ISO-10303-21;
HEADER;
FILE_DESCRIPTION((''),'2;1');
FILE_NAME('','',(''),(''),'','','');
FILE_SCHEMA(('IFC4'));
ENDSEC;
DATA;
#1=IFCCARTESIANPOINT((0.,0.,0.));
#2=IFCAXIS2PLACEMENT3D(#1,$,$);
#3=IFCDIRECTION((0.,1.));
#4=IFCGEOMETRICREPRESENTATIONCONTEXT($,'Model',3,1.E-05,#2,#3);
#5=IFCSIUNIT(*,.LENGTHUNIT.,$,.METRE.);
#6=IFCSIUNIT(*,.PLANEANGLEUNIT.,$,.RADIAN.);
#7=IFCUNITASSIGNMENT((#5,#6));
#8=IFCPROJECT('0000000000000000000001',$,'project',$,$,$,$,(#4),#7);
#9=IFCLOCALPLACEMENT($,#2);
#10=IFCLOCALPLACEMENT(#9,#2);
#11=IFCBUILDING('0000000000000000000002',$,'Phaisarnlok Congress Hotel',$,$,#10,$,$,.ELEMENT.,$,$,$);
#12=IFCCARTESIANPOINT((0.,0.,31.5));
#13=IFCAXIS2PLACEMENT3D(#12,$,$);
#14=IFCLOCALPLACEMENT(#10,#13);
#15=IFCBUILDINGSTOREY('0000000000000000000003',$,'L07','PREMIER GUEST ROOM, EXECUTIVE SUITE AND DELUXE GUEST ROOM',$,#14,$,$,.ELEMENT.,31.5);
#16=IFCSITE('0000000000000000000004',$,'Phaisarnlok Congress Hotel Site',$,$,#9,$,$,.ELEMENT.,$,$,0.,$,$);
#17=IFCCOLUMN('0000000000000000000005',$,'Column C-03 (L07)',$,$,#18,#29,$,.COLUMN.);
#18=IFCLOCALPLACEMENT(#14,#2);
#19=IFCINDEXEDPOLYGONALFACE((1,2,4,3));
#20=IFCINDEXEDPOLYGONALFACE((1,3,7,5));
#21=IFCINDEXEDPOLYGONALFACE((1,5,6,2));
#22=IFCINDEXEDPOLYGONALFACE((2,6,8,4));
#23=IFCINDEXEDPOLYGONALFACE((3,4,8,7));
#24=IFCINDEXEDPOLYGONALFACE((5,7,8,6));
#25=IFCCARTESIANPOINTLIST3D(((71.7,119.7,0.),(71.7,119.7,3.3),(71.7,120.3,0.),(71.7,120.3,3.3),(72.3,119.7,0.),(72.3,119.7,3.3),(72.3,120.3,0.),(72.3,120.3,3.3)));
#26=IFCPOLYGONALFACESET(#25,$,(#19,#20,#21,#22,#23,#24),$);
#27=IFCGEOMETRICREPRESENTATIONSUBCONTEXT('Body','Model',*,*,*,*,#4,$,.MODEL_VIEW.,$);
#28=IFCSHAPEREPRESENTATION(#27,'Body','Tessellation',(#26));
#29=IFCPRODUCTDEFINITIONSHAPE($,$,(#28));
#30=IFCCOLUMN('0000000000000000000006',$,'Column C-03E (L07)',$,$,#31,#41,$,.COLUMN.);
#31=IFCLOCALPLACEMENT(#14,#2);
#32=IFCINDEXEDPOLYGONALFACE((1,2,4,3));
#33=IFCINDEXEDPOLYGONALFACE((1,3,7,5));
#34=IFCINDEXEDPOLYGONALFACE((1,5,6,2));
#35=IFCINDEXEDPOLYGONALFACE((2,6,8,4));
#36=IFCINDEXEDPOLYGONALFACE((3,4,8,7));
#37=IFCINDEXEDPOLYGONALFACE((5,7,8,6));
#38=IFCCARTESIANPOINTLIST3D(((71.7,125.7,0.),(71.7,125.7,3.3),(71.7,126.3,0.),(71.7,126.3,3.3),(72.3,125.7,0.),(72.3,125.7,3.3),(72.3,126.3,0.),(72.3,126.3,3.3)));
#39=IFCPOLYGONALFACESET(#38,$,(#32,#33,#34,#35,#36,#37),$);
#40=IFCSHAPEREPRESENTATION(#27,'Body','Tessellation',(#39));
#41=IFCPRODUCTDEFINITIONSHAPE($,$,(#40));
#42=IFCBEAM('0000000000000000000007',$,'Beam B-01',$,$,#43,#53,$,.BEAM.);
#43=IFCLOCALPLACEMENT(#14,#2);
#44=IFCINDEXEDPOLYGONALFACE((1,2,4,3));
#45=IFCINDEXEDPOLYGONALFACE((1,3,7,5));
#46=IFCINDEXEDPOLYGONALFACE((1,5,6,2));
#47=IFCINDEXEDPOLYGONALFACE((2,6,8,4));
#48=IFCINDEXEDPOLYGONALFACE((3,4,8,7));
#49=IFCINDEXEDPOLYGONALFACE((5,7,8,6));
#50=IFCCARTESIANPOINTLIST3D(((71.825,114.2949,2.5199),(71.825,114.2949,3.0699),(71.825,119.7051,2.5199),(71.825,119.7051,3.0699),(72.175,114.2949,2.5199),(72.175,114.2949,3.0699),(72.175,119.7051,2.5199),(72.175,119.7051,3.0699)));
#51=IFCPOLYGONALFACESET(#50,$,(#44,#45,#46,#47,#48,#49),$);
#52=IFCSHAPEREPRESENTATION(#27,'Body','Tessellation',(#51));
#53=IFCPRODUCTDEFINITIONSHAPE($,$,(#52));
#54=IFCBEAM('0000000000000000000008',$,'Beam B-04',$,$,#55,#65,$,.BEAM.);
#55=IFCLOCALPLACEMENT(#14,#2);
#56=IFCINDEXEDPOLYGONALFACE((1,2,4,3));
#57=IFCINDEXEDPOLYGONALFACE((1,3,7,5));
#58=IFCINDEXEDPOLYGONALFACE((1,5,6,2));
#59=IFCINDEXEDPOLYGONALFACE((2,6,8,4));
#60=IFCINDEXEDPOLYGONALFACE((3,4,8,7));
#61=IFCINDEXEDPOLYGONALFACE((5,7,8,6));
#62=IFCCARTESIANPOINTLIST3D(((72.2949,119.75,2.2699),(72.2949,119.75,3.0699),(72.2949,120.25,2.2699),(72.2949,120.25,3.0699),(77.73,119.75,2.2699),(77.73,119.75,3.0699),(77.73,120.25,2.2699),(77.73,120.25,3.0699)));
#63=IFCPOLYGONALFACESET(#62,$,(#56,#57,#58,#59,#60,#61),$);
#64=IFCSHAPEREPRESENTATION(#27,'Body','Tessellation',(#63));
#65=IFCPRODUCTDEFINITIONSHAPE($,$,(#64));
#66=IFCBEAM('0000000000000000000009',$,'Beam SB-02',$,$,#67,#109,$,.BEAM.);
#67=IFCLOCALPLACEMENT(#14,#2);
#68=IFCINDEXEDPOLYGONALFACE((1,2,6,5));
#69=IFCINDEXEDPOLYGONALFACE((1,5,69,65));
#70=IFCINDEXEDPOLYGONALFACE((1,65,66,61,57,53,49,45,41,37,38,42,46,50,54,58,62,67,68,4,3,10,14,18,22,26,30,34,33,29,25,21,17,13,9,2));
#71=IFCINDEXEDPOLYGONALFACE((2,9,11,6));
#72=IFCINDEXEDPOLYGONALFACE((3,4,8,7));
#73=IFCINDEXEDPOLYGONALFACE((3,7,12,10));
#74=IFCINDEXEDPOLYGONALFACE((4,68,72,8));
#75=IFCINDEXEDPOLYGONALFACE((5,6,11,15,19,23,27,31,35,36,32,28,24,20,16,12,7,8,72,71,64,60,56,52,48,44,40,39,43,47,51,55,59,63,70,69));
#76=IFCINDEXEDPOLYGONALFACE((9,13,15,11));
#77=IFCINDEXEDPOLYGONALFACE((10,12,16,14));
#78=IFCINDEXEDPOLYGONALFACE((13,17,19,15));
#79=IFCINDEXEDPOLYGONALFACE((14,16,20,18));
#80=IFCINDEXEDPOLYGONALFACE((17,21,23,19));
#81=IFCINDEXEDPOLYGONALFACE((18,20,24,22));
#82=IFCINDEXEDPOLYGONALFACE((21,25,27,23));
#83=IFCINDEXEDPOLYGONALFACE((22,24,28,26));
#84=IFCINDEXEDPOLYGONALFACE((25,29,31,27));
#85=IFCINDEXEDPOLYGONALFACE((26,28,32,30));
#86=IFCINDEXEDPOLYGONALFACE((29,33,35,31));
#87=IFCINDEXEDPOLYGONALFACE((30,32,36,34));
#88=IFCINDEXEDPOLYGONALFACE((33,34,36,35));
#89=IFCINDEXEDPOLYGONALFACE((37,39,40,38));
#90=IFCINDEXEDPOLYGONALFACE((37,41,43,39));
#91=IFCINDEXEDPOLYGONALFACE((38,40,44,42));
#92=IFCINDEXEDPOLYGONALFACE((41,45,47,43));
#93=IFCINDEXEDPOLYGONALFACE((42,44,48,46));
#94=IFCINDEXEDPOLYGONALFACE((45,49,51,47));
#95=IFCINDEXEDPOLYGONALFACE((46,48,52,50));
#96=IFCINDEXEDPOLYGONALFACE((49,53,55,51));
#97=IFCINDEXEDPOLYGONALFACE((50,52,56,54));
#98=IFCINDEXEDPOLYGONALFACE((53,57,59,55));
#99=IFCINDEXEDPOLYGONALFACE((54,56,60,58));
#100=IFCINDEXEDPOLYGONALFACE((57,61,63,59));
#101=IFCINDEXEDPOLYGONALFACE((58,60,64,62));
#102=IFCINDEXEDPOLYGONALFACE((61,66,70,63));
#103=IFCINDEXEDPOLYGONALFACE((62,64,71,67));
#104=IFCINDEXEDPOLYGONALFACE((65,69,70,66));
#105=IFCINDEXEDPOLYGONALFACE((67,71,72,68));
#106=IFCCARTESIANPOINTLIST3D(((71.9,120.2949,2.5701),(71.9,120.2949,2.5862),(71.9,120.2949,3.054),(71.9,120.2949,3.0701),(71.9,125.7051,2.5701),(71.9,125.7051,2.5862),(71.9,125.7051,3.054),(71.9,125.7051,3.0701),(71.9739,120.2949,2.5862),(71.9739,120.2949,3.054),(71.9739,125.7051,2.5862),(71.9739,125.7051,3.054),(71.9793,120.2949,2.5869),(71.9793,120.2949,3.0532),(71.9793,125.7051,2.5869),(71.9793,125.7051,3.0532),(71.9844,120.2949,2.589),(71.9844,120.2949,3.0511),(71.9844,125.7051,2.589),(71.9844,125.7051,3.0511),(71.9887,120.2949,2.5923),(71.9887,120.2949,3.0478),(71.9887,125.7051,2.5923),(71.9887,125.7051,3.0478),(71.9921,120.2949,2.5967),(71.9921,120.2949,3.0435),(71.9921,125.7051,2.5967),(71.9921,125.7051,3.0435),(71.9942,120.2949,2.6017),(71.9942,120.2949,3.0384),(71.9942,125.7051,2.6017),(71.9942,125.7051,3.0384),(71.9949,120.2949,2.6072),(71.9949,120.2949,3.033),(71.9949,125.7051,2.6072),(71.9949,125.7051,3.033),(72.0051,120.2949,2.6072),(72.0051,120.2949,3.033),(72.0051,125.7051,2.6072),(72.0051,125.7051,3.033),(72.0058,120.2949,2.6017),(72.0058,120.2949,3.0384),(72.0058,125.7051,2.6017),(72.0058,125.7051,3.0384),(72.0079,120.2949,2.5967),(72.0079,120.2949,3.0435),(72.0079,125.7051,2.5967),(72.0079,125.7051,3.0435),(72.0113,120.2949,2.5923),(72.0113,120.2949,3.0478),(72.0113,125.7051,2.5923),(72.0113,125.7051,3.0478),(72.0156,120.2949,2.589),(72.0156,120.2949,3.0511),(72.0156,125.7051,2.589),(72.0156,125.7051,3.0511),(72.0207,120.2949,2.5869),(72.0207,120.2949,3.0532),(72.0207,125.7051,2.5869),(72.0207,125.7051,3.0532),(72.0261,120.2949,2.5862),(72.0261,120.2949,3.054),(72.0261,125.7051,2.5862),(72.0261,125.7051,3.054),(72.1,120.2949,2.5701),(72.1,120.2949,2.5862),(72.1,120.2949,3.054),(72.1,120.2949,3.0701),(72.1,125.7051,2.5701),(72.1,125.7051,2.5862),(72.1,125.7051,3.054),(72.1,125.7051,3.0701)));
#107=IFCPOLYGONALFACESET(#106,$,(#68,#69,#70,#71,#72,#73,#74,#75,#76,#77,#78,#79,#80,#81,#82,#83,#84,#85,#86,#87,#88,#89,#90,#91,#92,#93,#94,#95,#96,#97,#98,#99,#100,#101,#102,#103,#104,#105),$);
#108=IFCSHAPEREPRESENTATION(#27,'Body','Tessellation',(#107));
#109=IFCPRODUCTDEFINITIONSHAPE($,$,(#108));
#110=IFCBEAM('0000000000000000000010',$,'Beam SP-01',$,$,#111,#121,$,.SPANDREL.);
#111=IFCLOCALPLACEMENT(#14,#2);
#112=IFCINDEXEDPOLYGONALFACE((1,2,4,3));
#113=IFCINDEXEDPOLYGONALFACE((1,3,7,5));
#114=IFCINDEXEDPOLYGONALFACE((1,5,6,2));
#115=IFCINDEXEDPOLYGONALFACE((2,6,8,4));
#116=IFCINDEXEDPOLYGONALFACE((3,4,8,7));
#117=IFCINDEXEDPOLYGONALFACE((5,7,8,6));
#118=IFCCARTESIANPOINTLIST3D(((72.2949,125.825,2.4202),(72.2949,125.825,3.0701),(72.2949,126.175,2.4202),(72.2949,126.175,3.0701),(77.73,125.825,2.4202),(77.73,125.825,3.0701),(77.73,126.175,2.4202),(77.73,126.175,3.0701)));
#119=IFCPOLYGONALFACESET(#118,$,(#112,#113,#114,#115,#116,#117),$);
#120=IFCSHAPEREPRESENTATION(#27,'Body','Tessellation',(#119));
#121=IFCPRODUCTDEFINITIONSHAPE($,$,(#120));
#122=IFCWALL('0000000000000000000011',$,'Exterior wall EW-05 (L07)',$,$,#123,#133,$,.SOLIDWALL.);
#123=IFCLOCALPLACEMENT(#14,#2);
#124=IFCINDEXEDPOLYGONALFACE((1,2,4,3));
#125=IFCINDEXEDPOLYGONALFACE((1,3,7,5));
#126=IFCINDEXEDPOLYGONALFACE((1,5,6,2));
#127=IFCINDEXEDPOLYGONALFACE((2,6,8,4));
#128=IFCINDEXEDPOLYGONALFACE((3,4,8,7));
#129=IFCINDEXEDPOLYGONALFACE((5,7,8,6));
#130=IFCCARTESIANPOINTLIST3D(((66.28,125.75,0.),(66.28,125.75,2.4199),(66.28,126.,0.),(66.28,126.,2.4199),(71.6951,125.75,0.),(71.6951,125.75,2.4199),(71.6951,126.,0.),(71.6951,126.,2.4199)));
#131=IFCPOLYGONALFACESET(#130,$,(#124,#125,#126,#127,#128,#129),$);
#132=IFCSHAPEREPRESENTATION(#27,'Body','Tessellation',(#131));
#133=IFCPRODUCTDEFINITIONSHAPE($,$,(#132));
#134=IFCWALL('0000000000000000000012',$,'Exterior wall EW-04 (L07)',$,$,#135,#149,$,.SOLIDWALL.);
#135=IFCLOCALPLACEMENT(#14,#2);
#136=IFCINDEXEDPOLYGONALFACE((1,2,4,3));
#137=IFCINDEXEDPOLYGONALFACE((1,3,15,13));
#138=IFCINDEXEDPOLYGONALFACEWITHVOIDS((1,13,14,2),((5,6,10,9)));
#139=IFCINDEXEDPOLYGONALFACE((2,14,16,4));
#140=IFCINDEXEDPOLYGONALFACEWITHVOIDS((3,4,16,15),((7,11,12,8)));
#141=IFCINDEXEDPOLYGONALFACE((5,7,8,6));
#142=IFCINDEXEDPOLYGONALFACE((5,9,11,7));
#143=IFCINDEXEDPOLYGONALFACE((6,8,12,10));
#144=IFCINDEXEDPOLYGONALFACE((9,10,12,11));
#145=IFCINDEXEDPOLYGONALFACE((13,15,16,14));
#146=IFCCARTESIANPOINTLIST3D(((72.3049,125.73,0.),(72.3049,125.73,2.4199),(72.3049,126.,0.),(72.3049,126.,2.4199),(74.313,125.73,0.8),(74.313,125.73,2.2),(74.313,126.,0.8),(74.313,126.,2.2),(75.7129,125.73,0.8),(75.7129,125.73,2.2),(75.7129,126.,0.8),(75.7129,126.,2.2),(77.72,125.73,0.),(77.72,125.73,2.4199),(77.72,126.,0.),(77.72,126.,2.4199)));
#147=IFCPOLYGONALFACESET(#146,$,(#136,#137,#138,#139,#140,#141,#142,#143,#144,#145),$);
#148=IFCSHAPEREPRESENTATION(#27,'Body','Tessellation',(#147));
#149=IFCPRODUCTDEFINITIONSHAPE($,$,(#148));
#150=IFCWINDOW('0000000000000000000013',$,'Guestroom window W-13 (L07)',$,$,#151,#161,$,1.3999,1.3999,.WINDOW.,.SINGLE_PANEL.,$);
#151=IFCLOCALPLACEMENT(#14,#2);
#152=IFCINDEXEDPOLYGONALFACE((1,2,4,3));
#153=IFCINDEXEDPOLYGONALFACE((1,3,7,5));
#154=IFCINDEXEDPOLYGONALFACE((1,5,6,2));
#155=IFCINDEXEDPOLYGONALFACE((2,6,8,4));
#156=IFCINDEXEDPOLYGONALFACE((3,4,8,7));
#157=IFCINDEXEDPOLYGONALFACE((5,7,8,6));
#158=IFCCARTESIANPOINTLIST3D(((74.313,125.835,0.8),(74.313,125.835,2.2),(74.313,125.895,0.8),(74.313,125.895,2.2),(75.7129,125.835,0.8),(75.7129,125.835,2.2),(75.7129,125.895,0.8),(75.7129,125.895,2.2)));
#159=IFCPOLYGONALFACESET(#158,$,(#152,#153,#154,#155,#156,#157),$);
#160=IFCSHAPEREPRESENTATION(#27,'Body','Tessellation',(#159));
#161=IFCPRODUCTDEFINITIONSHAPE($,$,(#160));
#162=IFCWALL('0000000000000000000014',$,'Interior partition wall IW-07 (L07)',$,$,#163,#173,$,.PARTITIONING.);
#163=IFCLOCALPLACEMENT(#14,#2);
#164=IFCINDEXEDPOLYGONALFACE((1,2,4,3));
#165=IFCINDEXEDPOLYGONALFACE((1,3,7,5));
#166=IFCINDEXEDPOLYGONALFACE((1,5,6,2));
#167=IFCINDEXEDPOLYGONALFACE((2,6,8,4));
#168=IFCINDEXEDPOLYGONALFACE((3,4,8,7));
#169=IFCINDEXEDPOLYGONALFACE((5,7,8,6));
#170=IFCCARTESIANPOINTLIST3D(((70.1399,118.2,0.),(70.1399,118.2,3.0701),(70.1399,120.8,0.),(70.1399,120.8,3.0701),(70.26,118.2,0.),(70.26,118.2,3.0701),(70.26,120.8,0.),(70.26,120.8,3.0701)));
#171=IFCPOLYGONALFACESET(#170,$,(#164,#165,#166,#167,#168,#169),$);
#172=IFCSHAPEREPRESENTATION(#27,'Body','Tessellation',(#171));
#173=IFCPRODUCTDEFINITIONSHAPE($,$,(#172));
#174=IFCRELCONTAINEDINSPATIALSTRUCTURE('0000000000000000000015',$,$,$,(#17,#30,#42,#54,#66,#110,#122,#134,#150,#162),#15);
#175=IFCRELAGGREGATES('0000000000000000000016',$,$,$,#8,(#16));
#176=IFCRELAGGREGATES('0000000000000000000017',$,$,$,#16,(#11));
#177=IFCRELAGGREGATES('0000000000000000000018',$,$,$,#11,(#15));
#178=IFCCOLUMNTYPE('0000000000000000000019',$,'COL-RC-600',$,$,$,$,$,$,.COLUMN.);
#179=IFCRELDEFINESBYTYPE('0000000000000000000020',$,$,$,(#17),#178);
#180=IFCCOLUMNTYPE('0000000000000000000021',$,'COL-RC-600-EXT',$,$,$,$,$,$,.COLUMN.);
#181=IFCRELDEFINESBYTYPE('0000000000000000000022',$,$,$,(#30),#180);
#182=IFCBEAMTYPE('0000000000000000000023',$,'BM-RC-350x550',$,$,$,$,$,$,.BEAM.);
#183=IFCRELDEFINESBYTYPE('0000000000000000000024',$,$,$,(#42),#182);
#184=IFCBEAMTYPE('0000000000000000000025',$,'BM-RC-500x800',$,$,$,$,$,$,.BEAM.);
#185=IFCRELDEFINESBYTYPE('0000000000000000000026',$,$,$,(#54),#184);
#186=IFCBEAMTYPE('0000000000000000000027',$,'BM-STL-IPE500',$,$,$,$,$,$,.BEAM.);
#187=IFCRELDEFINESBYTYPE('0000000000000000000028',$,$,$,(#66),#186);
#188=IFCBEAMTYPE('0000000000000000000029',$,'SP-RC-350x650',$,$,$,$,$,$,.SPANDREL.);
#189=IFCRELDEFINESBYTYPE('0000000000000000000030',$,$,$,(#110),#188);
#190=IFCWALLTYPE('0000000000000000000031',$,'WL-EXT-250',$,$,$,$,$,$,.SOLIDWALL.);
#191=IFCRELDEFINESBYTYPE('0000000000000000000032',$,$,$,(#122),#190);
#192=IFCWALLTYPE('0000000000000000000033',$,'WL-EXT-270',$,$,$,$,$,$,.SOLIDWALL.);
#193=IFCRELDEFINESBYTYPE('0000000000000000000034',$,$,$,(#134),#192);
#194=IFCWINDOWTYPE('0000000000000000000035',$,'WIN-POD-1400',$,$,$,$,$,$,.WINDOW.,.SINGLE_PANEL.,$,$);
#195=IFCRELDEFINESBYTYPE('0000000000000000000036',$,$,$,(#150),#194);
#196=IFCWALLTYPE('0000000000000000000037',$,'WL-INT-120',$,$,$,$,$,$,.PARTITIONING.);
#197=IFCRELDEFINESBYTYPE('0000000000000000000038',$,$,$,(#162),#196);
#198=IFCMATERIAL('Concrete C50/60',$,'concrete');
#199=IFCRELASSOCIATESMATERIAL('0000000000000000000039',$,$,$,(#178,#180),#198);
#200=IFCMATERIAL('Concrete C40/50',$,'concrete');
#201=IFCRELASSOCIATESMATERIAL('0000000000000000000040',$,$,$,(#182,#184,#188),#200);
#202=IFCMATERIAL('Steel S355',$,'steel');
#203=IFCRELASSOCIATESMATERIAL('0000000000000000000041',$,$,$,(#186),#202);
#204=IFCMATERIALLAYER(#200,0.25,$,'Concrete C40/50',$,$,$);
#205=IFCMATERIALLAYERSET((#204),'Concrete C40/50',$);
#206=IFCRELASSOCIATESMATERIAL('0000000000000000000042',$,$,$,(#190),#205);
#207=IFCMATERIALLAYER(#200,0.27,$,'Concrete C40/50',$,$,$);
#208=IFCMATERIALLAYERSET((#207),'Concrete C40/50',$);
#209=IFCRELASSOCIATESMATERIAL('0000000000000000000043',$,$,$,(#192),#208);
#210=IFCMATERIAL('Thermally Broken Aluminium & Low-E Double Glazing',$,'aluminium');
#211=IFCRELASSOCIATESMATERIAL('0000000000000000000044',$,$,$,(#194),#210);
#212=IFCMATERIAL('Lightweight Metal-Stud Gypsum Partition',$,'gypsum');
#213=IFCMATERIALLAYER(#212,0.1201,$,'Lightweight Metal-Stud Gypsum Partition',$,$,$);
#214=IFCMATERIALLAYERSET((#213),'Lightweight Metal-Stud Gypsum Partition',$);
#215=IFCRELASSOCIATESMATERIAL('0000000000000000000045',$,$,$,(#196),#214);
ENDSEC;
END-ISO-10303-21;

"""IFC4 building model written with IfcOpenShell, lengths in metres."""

from ifc_helpers import new_model, si_unit, direction, frame, frame_2d, origin, origin_2d, place, context, subcontext, project, spatial, rectangle, i_section, extrude, material, layer, layer_set, material_profile, profile_set, type_object, element, fill, save


model = new_model("IFC4")

# Units and contexts
model_context = context("Model", 3, precision=1e-05, world=origin(), true_north=direction((0.0, 1.0)))
body_context = subcontext(model_context, "Body", "Model", "MODEL_VIEW")
ifc_project = project(units=[si_unit("LENGTHUNIT", "METRE"), si_unit("PLANEANGLEUNIT", "RADIAN")], contexts=[model_context])

# Site, building, storey
site_placement = place(None, origin())
site = spatial("IfcSite", under=ifc_project, at=site_placement, Name="Phaisarnlok Congress Hotel Site", CompositionType="ELEMENT", RefElevation=0.0)
building_placement = place(site_placement, origin())
building = spatial("IfcBuilding", under=site, at=building_placement, Name="Phaisarnlok Congress Hotel", CompositionType="ELEMENT")
storey_placement = place(building_placement, frame((0.0, 0.0, 31.5)))
storey = spatial("IfcBuildingStorey", under=building, at=storey_placement, Name="L07", Description="PREMIER GUEST ROOM, EXECUTIVE SUITE AND DELUXE GUEST ROOM", CompositionType="ELEMENT", Elevation=31.5)

# Columns
ifc_material_1 = material(Name="Concrete C50/60", Category="concrete")
ifc_material_profile_1 = material_profile(ifc_material_1, rectangle(XDim=0.6001, YDim=0.6001, at=origin_2d()), Name="RC 600x600")
ifc_profile_set_1 = profile_set([ifc_material_profile_1], Name="Concrete C50/60")
column_type_1 = type_object("IfcColumnType", Name="COL-RC-600", PredefinedType="COLUMN", material=ifc_profile_set_1)
column_1_placement = place(storey_placement, frame((72.0, 120.0, 0.0), z_axis=(0.0, 0.0, 1.0), x_axis=(1.0, 0.0, 0.0)))
element("IfcColumn", 1, at=column_1_placement, inside=storey, type_object=column_type_1, Name="Column C-03 (L07)", PredefinedType="COLUMN", context=body_context, shape_type="SweptSolid", body=[
    extrude(rectangle(XDim=0.6001, YDim=0.6001, at=origin_2d()), origin(), (0.0, 0.0, 1.0), 3.3),
])
ifc_material_profile_2 = material_profile(ifc_material_1, rectangle(XDim=0.6001, YDim=0.6001, at=origin_2d()), Name="RC 600x600")
ifc_profile_set_2 = profile_set([ifc_material_profile_2], Name="Concrete C50/60")
column_type_2 = type_object("IfcColumnType", Name="COL-RC-600-EXT", PredefinedType="COLUMN", material=ifc_profile_set_2)
column_2_placement = place(storey_placement, frame((72.0, 126.0, 0.0), z_axis=(0.0, 0.0, 1.0), x_axis=(1.0, 0.0, 0.0)))
element("IfcColumn", 2, at=column_2_placement, inside=storey, type_object=column_type_2, Name="Column C-03E (L07)", PredefinedType="COLUMN", context=body_context, shape_type="SweptSolid", body=[
    extrude(rectangle(XDim=0.6001, YDim=0.6001, at=origin_2d()), origin(), (0.0, 0.0, 1.0), 3.3),
])

# Beams
ifc_material_2 = material(Name="Concrete C40/50", Category="concrete")
ifc_material_profile_3 = material_profile(ifc_material_2, rectangle(XDim=0.3501, YDim=0.55, at=origin_2d()), Name="RC 350x550")
ifc_profile_set_3 = profile_set([ifc_material_profile_3], Name="Concrete C40/50")
beam_type_1 = type_object("IfcBeamType", Name="BM-RC-350x550", PredefinedType="BEAM", material=ifc_profile_set_3)
beam_1_placement = place(storey_placement, frame((72.0, 114.2949, 2.7949), z_axis=(0.0, 1.0, 0.0), x_axis=(-1.0, 0.0, 0.0)))
element("IfcBeam", 3, at=beam_1_placement, inside=storey, type_object=beam_type_1, Name="Beam B-01", PredefinedType="BEAM", context=body_context, shape_type="SweptSolid", body=[
    extrude(rectangle(XDim=0.3501, YDim=0.55, at=origin_2d()), origin(), (0.0, 0.0, 1.0), 5.4102),
])
ifc_material_profile_4 = material_profile(ifc_material_2, rectangle(XDim=0.5, YDim=0.8, at=origin_2d()), Name="RC 500x800")
ifc_profile_set_4 = profile_set([ifc_material_profile_4], Name="Concrete C40/50")
beam_type_2 = type_object("IfcBeamType", Name="BM-RC-500x800", PredefinedType="BEAM", material=ifc_profile_set_4)
beam_2_placement = place(storey_placement, frame((72.2949, 120.0, 2.6699), z_axis=(1.0, 0.0, 0.0), x_axis=(0.0, 1.0, 0.0)))
element("IfcBeam", 4, at=beam_2_placement, inside=storey, type_object=beam_type_2, Name="Beam B-04", PredefinedType="BEAM", context=body_context, shape_type="SweptSolid", body=[
    extrude(rectangle(XDim=0.5, YDim=0.8, at=origin_2d()), origin(), (0.0, 0.0, 1.0), 5.4351),
])
ifc_material_3 = material(Name="Steel S355", Category="steel")
ifc_material_profile_5 = material_profile(ifc_material_3, i_section(OverallWidth=0.2, OverallDepth=0.5, WebThickness=0.0103, FlangeThickness=0.0161, FilletRadius=0.021, at=origin_2d()), Name="IPE 500")
ifc_profile_set_5 = profile_set([ifc_material_profile_5], Name="Steel S355")
beam_type_3 = type_object("IfcBeamType", Name="BM-STL-IPE500", PredefinedType="BEAM", material=ifc_profile_set_5)
beam_3_placement = place(storey_placement, frame((72.0, 120.2949, 2.8201), z_axis=(0.0, 1.0, 0.0), x_axis=(-1.0, 0.0, 0.0)))
element("IfcBeam", 5, at=beam_3_placement, inside=storey, type_object=beam_type_3, Name="Beam SB-02", PredefinedType="BEAM", context=body_context, shape_type="SweptSolid", body=[
    extrude(i_section(OverallWidth=0.2, OverallDepth=0.5, WebThickness=0.0103, FlangeThickness=0.0161, FilletRadius=0.021, at=origin_2d()), origin(), (0.0, 0.0, 1.0), 5.4102),
])
ifc_material_profile_6 = material_profile(ifc_material_2, rectangle(XDim=0.3501, YDim=0.6499, at=origin_2d()), Name="RC 350x650")
ifc_profile_set_6 = profile_set([ifc_material_profile_6], Name="Concrete C40/50")
beam_type_4 = type_object("IfcBeamType", Name="SP-RC-350x650", PredefinedType="SPANDREL", material=ifc_profile_set_6)
beam_4_placement = place(storey_placement, frame((72.2949, 126.0, 2.7451), z_axis=(1.0, 0.0, 0.0), x_axis=(0.0, 1.0, 0.0)))
element("IfcBeam", 6, at=beam_4_placement, inside=storey, type_object=beam_type_4, Name="Beam SP-01", PredefinedType="SPANDREL", context=body_context, shape_type="SweptSolid", body=[
    extrude(rectangle(XDim=0.3501, YDim=0.6499, at=origin_2d()), origin(), (0.0, 0.0, 1.0), 5.4351),
])

# Wall
ifc_layer_1 = layer(ifc_material_2, 0.25, Name="Concrete C40/50")
ifc_layer_set_1 = layer_set([ifc_layer_1], Name="Concrete C40/50")
wall_type_1 = type_object("IfcWallType", Name="WL-EXT-250", PredefinedType="SOLIDWALL", material=ifc_layer_set_1)
wall_1_placement = place(storey_placement, frame((71.6951, 125.875, 0.0), z_axis=(0.0, 0.0, 1.0), x_axis=(-1.0, 0.0, 0.0)))
element("IfcWall", 7, at=wall_1_placement, inside=storey, type_object=wall_type_1, Name="Exterior wall EW-05 (L07)", PredefinedType="SOLIDWALL", context=body_context, shape_type="SweptSolid", body=[
    extrude(rectangle(XDim=5.415, YDim=0.25, at=frame_2d((2.7075, 0.0))), origin(), (0.0, 0.0, 1.0), 2.4199),
])

# Wall, opening, window
ifc_layer_2 = layer(ifc_material_2, 0.27, Name="Concrete C40/50")
ifc_layer_set_2 = layer_set([ifc_layer_2], Name="Concrete C40/50")
wall_type_2 = type_object("IfcWallType", Name="WL-EXT-270", PredefinedType="SOLIDWALL", material=ifc_layer_set_2)
wall_2_placement = place(storey_placement, frame((77.72, 125.865, 0.0), z_axis=(0.0, 0.0, 1.0), x_axis=(-1.0, 0.0, 0.0)))
wall_2 = element("IfcWall", 8, at=wall_2_placement, inside=storey, type_object=wall_type_2, Name="Exterior wall EW-04 (L07)", PredefinedType="SOLIDWALL", context=body_context, shape_type="SweptSolid", body=[
    extrude(rectangle(XDim=5.415, YDim=0.27, at=frame_2d((2.7075, 0.0))), origin(), (0.0, 0.0, 1.0), 2.4199),
])
opening_1_placement = place(wall_2_placement, frame((2.0071, 0.0, 0.8)))
opening_1 = element("IfcOpeningElement", 9, at=opening_1_placement, cuts=wall_2, PredefinedType="OPENING", context=body_context, shape_type="SweptSolid", body=[
    extrude(rectangle(XDim=1.3999, YDim=1.3999, at=frame_2d((0.7, 0.7))), frame((0.0, 0.145, 0.0), z_axis=(0.0, -1.0, 0.0), x_axis=(1.0, 0.0, 0.0)), (0.0, 0.0, 1.0), 0.29),
])
ifc_material_4 = material(Name="Thermally Broken Aluminium & Low-E Double Glazing", Category="aluminium")
window_type = type_object("IfcWindowType", Name="WIN-POD-1400", PartitioningType="SINGLE_PANEL", PredefinedType="WINDOW", material=ifc_material_4)
window_placement = place(opening_1_placement, origin())
window = element("IfcWindow", 10, at=window_placement, inside=storey, type_object=window_type, Name="Guestroom window W-13 (L07)", OverallHeight=1.3999, OverallWidth=1.3999, PartitioningType="SINGLE_PANEL", PredefinedType="WINDOW", context=body_context, shape_type="SweptSolid", body=[
    extrude(rectangle(XDim=1.3999, YDim=1.3999, at=frame_2d((0.7, 0.7))), frame((0.0, 0.03, 0.0), z_axis=(0.0, -1.0, 0.0), x_axis=(1.0, 0.0, 0.0)), (0.0, 0.0, 1.0), 0.0601),
])
fill(opening_1, window)

# Wall
ifc_material_5 = material(Name="Lightweight Metal-Stud Gypsum Partition", Category="gypsum")
ifc_layer_3 = layer(ifc_material_5, 0.1201, Name="Lightweight Metal-Stud Gypsum Partition")
ifc_layer_set_3 = layer_set([ifc_layer_3], Name="Lightweight Metal-Stud Gypsum Partition")
wall_type_3 = type_object("IfcWallType", Name="WL-INT-120", PredefinedType="PARTITIONING", material=ifc_layer_set_3)
wall_3_placement = place(storey_placement, frame((70.2, 118.2, 0.0), z_axis=(0.0, 0.0, 1.0), x_axis=(0.0, 1.0, 0.0)))
element("IfcWall", 11, at=wall_3_placement, inside=storey, type_object=wall_type_3, Name="Interior partition wall IW-07 (L07)", PredefinedType="PARTITIONING", context=body_context, shape_type="SweptSolid", body=[
    extrude(rectangle(XDim=2.6001, YDim=0.1201, at=frame_2d((1.3, 0.0))), origin(), (0.0, 0.0, 1.0), 3.0701),
])

save(model, "model.ifc")
